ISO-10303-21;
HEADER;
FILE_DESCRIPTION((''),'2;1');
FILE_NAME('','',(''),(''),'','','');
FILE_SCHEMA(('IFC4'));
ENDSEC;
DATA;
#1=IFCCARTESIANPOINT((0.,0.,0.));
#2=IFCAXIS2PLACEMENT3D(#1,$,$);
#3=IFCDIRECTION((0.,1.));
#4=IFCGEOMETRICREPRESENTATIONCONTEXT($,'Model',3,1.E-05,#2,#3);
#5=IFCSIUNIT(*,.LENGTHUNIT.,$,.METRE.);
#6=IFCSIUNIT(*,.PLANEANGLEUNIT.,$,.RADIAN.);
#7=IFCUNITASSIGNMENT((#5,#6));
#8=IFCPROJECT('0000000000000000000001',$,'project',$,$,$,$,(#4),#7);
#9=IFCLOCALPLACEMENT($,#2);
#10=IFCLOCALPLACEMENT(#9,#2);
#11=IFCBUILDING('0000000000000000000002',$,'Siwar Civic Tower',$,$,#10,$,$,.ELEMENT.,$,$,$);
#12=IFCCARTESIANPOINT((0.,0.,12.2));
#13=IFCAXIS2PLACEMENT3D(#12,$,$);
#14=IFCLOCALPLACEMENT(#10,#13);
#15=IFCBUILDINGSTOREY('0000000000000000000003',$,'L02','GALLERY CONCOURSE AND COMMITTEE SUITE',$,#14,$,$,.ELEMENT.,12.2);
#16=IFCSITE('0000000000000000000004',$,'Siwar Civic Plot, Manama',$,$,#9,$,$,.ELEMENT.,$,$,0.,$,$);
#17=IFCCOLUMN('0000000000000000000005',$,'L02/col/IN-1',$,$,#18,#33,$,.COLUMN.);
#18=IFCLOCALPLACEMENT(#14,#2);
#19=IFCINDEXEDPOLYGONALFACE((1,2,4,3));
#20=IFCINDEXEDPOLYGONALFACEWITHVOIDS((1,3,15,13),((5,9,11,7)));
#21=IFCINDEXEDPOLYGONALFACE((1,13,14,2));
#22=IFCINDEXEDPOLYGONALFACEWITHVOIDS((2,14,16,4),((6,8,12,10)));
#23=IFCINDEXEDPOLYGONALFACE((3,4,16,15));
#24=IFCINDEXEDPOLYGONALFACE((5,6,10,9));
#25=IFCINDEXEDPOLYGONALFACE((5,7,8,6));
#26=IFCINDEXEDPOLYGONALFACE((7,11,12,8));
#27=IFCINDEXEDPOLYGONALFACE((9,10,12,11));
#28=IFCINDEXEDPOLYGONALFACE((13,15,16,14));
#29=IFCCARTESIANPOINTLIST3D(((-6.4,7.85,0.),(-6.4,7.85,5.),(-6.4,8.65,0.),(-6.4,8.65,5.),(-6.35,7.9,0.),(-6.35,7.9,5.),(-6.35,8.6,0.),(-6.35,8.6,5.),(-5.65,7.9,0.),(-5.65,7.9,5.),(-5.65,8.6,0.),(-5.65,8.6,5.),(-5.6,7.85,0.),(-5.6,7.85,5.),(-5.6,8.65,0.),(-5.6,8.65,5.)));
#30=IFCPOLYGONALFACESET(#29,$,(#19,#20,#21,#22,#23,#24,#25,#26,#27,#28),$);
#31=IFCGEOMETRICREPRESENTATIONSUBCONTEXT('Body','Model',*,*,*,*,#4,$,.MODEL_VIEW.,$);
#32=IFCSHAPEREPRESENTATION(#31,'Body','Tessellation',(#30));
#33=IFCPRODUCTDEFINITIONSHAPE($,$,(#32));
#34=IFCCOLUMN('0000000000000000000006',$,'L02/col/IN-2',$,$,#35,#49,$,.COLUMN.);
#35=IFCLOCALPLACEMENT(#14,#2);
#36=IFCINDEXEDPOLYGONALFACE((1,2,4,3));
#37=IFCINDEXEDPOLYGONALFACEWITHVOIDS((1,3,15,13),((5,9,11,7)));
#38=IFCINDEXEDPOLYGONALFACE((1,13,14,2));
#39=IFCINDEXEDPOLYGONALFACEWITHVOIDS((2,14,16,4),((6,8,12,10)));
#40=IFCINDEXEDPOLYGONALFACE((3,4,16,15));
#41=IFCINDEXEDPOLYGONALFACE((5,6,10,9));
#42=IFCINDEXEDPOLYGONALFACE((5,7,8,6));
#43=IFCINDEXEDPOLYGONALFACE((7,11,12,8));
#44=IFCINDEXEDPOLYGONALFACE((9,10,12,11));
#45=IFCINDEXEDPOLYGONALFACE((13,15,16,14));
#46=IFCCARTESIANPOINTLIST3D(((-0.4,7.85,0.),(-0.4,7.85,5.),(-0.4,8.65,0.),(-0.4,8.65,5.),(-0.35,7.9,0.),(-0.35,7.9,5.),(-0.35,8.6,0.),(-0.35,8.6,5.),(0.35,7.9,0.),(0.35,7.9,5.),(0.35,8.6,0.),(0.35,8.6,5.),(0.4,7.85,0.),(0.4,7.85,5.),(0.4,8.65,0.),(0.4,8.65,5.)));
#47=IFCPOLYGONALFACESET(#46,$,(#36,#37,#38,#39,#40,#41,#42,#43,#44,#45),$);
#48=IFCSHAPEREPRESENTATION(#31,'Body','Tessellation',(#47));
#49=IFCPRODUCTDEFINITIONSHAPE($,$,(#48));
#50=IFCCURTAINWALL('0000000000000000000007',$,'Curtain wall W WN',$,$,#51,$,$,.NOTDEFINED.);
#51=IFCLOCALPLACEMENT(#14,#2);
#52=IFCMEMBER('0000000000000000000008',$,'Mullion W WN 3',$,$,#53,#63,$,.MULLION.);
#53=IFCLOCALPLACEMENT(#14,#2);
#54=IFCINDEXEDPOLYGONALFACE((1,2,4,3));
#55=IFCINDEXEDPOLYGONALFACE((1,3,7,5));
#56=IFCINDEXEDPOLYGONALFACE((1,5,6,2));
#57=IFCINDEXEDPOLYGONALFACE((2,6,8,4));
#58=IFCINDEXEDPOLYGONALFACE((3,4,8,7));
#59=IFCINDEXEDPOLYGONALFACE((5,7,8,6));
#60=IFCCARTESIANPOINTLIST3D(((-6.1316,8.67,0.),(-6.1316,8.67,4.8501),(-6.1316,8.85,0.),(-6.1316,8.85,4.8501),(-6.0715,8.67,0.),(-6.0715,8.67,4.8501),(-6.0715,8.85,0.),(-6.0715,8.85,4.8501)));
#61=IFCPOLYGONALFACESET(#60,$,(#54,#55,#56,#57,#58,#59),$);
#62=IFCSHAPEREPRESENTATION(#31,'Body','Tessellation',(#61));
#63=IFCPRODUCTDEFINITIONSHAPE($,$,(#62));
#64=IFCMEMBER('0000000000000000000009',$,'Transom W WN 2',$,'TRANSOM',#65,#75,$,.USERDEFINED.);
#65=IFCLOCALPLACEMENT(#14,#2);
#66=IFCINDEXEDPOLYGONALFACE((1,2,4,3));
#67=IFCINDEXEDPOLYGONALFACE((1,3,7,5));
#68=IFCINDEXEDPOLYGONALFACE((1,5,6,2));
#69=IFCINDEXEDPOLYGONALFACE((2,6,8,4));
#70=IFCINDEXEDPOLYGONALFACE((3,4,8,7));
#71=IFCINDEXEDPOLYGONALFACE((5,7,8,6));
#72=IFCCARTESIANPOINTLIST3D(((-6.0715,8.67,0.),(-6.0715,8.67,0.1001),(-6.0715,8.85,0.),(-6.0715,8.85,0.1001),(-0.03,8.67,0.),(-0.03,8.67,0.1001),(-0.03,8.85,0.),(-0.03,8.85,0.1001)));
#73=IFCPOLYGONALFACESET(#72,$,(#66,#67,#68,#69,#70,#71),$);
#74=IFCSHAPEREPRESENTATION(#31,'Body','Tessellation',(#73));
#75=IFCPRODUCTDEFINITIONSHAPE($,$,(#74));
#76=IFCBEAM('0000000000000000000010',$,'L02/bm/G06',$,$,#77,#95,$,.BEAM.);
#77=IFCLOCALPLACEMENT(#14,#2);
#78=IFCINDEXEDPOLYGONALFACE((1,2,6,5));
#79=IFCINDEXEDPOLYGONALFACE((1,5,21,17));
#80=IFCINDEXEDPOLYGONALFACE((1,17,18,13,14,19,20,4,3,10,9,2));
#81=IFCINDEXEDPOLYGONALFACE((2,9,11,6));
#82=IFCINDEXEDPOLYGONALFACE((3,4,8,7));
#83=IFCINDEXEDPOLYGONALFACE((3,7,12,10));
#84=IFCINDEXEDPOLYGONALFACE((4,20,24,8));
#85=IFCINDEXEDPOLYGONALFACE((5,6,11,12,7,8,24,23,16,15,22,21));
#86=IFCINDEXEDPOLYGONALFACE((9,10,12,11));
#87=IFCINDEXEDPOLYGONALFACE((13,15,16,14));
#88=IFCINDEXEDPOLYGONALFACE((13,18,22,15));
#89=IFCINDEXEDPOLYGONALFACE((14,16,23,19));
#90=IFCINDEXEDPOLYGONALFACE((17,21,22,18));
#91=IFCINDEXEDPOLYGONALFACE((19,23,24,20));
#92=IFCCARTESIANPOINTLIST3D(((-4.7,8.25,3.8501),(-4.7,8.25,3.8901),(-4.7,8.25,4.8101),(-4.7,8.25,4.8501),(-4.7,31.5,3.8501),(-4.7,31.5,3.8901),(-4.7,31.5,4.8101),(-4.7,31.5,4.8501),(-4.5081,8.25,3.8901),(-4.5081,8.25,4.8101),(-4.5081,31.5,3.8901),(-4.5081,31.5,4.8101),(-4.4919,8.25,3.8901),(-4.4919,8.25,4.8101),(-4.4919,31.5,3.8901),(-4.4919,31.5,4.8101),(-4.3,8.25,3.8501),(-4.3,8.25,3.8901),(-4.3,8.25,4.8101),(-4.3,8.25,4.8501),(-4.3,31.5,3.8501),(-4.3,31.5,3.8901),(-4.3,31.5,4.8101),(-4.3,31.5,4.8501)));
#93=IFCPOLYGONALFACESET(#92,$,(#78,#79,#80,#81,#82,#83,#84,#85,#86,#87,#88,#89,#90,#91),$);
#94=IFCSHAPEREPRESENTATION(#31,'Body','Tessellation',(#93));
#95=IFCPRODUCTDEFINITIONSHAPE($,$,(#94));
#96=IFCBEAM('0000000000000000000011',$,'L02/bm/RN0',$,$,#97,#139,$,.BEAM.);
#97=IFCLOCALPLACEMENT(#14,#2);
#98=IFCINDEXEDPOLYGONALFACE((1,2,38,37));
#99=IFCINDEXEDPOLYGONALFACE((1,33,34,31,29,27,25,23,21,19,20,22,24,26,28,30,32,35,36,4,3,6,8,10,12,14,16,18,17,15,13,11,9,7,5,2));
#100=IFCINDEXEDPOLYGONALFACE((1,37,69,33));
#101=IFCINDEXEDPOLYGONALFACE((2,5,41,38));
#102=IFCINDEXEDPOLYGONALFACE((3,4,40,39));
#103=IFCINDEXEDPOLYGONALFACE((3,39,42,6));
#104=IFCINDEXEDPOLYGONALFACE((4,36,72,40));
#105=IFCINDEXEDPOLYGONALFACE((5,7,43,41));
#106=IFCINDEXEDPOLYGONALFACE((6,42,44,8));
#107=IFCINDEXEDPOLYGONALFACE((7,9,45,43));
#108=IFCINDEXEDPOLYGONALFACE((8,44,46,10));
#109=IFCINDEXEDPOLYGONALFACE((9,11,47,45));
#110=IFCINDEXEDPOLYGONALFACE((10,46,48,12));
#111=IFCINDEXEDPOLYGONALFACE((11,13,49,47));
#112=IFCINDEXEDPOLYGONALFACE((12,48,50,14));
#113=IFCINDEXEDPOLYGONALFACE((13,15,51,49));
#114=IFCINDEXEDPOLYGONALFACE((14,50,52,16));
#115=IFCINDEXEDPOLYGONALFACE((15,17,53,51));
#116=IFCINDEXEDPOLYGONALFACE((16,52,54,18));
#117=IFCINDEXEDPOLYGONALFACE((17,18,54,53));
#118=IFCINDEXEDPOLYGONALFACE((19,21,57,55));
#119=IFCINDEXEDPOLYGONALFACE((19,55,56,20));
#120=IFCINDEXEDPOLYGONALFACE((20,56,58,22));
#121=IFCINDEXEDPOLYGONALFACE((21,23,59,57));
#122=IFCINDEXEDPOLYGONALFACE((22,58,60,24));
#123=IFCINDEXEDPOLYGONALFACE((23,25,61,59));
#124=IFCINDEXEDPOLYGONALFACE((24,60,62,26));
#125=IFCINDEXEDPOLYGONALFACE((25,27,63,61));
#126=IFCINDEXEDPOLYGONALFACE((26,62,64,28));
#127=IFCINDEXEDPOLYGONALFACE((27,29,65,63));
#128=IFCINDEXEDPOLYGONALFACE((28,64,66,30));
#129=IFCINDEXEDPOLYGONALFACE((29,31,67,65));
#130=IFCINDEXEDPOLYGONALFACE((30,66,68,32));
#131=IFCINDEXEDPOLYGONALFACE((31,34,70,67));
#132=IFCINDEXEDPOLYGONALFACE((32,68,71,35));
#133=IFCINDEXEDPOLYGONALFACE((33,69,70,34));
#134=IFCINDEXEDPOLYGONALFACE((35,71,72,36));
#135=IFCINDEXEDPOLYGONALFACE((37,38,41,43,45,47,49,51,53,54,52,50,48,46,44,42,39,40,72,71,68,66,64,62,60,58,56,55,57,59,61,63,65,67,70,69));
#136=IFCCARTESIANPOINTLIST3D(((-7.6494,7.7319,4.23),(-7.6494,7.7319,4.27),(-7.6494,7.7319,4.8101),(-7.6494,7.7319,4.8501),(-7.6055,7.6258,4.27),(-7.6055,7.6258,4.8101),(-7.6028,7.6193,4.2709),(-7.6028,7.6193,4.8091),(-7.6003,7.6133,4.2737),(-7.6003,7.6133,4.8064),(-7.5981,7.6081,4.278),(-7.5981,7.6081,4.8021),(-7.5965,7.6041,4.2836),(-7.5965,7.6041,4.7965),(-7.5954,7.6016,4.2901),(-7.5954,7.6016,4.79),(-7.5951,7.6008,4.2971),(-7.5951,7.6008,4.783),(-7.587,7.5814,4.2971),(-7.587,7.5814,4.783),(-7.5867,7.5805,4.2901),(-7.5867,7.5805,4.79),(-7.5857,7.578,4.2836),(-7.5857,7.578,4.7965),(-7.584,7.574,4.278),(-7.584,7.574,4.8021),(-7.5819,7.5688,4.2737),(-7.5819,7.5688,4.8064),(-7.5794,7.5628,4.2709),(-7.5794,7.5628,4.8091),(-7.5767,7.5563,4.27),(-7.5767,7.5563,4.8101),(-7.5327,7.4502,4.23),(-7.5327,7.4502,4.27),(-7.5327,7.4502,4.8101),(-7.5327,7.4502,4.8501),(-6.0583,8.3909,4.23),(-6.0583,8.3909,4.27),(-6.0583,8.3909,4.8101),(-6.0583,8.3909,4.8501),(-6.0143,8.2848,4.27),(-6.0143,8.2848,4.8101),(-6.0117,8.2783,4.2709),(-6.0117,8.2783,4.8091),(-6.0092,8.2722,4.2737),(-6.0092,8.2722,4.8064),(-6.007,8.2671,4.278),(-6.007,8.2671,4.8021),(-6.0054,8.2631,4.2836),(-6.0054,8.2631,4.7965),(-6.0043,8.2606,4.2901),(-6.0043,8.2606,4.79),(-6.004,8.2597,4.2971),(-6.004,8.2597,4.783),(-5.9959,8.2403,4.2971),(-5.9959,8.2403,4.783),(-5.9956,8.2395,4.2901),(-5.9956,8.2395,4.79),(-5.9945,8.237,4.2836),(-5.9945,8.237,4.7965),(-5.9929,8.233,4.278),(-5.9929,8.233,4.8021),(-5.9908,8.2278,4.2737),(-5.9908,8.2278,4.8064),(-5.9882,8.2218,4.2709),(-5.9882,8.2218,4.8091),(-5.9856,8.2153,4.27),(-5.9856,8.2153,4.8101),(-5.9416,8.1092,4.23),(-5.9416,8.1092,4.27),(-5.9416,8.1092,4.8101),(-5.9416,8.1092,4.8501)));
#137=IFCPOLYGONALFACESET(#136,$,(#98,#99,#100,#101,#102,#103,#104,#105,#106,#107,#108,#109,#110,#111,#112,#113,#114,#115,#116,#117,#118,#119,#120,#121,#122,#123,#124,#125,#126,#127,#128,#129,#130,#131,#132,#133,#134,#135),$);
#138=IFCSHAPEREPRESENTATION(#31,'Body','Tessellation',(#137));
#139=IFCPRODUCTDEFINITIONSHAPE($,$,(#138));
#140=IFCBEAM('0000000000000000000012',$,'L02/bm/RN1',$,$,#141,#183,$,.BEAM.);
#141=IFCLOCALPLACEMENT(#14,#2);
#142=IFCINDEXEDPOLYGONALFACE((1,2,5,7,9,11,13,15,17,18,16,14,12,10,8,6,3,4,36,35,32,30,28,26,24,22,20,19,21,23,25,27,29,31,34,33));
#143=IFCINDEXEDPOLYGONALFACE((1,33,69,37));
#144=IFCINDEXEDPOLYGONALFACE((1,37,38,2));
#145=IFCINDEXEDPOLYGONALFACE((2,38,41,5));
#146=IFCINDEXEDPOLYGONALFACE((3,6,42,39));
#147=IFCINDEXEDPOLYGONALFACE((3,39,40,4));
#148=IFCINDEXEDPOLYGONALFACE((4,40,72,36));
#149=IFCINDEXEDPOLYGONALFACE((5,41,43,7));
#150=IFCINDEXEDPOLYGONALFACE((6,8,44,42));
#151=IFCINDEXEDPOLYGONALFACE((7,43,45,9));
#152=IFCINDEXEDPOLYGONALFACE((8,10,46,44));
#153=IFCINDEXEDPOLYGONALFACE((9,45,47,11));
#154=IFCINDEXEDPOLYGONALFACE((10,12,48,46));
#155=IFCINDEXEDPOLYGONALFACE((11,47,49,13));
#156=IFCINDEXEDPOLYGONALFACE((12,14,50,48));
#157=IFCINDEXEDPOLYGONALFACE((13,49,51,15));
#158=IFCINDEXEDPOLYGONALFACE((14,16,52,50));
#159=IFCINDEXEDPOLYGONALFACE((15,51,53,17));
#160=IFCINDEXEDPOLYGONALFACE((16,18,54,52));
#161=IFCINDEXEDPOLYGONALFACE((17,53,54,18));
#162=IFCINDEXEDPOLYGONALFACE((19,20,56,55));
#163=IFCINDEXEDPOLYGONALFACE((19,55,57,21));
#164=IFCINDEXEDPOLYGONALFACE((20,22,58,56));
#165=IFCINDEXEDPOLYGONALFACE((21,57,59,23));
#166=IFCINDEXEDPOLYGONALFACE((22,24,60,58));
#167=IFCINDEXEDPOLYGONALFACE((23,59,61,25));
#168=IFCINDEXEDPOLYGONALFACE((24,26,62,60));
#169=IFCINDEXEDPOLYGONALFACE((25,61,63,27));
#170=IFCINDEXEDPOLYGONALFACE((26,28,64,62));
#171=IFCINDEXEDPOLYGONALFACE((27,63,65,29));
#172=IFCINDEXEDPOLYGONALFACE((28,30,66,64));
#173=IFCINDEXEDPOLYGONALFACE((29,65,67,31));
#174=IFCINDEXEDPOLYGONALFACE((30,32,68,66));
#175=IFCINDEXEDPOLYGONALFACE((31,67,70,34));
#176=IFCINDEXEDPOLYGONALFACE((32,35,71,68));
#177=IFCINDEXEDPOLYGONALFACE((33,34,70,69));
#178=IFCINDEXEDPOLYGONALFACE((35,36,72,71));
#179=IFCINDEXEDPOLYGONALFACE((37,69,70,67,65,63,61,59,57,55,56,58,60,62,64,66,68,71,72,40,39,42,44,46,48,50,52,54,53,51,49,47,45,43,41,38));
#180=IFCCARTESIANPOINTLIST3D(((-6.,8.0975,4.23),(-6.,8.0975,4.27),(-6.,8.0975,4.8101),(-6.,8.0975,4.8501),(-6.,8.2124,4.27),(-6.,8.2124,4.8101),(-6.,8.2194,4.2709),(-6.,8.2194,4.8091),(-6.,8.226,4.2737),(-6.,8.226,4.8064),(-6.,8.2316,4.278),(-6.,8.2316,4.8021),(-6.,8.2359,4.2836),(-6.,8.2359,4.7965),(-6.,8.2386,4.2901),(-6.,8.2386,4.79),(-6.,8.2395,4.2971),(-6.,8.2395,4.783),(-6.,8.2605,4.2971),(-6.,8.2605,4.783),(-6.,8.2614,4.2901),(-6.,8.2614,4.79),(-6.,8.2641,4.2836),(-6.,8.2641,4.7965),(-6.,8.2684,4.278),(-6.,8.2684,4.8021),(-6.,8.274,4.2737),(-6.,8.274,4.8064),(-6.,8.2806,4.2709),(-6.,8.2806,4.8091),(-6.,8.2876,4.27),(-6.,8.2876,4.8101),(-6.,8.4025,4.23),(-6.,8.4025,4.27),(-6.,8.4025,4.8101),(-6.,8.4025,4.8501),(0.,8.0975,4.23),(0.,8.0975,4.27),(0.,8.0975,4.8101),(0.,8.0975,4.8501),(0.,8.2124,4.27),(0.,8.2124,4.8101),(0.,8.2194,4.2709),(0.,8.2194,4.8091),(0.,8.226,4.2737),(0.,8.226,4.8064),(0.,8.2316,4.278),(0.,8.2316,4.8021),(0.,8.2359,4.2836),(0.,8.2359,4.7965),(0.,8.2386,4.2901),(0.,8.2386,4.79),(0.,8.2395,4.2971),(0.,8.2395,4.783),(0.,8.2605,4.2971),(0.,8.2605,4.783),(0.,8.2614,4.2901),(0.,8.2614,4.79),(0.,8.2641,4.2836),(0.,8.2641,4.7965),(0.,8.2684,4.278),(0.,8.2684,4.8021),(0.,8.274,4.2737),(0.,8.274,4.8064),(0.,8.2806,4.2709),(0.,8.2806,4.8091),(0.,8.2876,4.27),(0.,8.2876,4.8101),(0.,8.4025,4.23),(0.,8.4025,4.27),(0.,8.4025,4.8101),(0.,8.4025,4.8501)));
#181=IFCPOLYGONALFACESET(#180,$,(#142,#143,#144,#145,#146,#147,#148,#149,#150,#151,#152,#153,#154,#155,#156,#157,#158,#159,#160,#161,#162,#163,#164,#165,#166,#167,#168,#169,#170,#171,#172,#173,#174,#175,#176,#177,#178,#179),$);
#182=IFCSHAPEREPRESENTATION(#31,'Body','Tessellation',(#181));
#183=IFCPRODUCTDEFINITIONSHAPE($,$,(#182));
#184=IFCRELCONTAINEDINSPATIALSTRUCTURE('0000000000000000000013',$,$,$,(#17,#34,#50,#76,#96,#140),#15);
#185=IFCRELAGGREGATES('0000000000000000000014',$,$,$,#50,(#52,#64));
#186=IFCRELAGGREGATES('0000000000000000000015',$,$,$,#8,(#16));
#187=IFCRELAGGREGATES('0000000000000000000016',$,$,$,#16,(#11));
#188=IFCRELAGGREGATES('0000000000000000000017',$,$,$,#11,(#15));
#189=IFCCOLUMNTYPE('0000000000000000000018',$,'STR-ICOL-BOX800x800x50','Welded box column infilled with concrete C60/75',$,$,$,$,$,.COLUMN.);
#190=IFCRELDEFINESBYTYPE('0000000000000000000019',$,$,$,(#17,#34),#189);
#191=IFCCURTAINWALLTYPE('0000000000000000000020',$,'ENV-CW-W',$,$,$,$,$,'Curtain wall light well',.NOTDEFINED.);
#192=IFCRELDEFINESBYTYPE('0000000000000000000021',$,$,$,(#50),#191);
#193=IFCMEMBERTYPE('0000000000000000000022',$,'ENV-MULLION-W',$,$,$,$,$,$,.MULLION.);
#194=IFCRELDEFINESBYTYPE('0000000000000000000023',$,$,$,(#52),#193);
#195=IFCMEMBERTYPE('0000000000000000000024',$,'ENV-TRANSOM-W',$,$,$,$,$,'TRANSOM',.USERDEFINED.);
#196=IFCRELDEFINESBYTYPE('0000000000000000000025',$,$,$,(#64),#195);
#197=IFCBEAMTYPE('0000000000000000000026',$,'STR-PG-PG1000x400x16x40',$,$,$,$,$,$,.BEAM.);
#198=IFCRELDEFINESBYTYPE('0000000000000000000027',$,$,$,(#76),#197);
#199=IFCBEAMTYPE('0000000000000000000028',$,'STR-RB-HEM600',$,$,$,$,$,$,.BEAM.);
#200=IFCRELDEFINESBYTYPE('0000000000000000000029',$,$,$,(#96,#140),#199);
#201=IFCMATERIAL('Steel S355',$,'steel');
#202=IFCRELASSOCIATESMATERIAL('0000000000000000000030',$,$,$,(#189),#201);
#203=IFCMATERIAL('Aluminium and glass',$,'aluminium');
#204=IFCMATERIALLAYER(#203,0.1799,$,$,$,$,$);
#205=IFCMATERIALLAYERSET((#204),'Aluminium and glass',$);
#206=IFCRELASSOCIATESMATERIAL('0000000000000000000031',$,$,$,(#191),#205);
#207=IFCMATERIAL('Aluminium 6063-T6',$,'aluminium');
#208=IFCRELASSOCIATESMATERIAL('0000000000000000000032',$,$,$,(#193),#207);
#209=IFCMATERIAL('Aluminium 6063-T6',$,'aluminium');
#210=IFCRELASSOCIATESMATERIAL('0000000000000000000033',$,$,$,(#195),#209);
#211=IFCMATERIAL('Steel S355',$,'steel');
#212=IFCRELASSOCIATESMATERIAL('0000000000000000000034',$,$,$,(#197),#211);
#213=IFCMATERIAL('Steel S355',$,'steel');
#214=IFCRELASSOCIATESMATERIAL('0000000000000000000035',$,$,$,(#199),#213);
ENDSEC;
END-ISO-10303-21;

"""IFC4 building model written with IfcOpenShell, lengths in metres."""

from ifc_helpers import new_model, si_unit, direction, frame, origin, origin_2d, place, context, subcontext, project, spatial, rectangle, hollow_rectangle, i_section, extrude, material, layer, layer_set, material_profile, profile_set, type_object, element, aggregate, save


model = new_model("IFC4")

# Units and contexts
model_context = context("Model", 3, precision=1e-05, world=origin(), true_north=direction((0.0, 1.0)))
body_context = subcontext(model_context, "Body", "Model", "MODEL_VIEW")
ifc_project = project(units=[si_unit("LENGTHUNIT", "METRE"), si_unit("PLANEANGLEUNIT", "RADIAN")], contexts=[model_context])

# Site, building, storey
site_placement = place(None, origin())
site = spatial("IfcSite", under=ifc_project, at=site_placement, Name="Siwar Civic Plot, Manama", CompositionType="ELEMENT", RefElevation=0.0)
building_placement = place(site_placement, origin())
building = spatial("IfcBuilding", under=site, at=building_placement, Name="Siwar Civic Tower", CompositionType="ELEMENT")
storey_placement = place(building_placement, frame((0.0, 0.0, 12.2)))
storey = spatial("IfcBuildingStorey", under=building, at=storey_placement, Name="L02", Description="GALLERY CONCOURSE AND COMMITTEE SUITE", CompositionType="ELEMENT", Elevation=12.2)

# Columns
ifc_material_1 = material(Name="Steel S355", Category="steel")
ifc_material_profile_1 = material_profile(ifc_material_1, hollow_rectangle(XDim=0.8, YDim=0.8, WallThickness=0.05, at=origin_2d()), Name="BOX800x800x50")
ifc_profile_set_1 = profile_set([ifc_material_profile_1], Name="Steel S355")
column_type = type_object("IfcColumnType", Name="STR-ICOL-BOX800x800x50", Description="Welded box column infilled with concrete C60/75", PredefinedType="COLUMN", material=ifc_profile_set_1)
for number, where, z_axis, x_axis, name in (
    (1, (-6.0, 8.25, 0.0), (0.0, 0.0, 1.0), (1.0, 0.0, 0.0), "L02/col/IN-1"),
    (2, (0.0, 8.25, 0.0), (0.0, 0.0, 1.0), (1.0, 0.0, 0.0), "L02/col/IN-2"),
):
    element("IfcColumn", number, at=place(storey_placement, frame(where, z_axis=z_axis, x_axis=x_axis)), inside=storey, type_object=column_type, Name=name, PredefinedType="COLUMN", context=body_context, shape_type="SweptSolid", body=[
        extrude(hollow_rectangle(XDim=0.8, YDim=0.8, WallThickness=0.05, at=origin_2d()), origin(), (0.0, 0.0, 1.0), 5.0),
    ])

# Curtain wall, members
ifc_material_2 = material(Name="Aluminium and glass", Category="aluminium")
ifc_layer_1 = layer(ifc_material_2, 0.1799)
ifc_layer_set_1 = layer_set([ifc_layer_1], Name="Aluminium and glass")
curtain_wall_type = type_object("IfcCurtainWallType", Name="ENV-CW-W", ElementType="Curtain wall light well", PredefinedType="NOTDEFINED", material=ifc_layer_set_1)
curtain_wall_placement = place(storey_placement, origin())
curtain_wall = element("IfcCurtainWall", 3, at=curtain_wall_placement, inside=storey, type_object=curtain_wall_type, Name="Curtain wall W WN", PredefinedType="NOTDEFINED")
ifc_material_3 = material(Name="Aluminium 6063-T6", Category="aluminium")
ifc_material_profile_2 = material_profile(ifc_material_3, rectangle(XDim=0.1799, YDim=0.0601, at=origin_2d()), Name="AL 180x60")
ifc_profile_set_2 = profile_set([ifc_material_profile_2], Name="Aluminium 6063-T6")
member_type_1 = type_object("IfcMemberType", Name="ENV-MULLION-W", PredefinedType="MULLION", material=ifc_profile_set_2)
member_1_placement = place(storey_placement, frame((-6.1016, 8.76, 0.0), z_axis=(0.0, 0.0, 1.0), x_axis=(0.0, -1.0, 0.0)))
member_1 = element("IfcMember", 4, at=member_1_placement, type_object=member_type_1, Name="Mullion W WN 3", PredefinedType="MULLION", context=body_context, shape_type="SweptSolid", body=[
    extrude(rectangle(XDim=0.1799, YDim=0.0601, at=origin_2d()), origin(), (0.0, 0.0, 1.0), 4.8501),
])
ifc_material_4 = material(Name="Aluminium 6063-T6", Category="aluminium")
ifc_material_profile_3 = material_profile(ifc_material_4, rectangle(XDim=0.1799, YDim=0.1001, at=origin_2d()), Name="AL 180x100")
ifc_profile_set_3 = profile_set([ifc_material_profile_3], Name="Aluminium 6063-T6")
member_type_2 = type_object("IfcMemberType", Name="ENV-TRANSOM-W", ElementType="TRANSOM", PredefinedType="USERDEFINED", material=ifc_profile_set_3)
member_2_placement = place(storey_placement, frame((-0.03, 8.76, 0.05), z_axis=(-1.0, 0.0, 0.0), x_axis=(0.0, -1.0, 0.0)))
member_2 = element("IfcMember", 5, at=member_2_placement, type_object=member_type_2, Name="Transom W WN 2", ObjectType="TRANSOM", PredefinedType="USERDEFINED", context=body_context, shape_type="SweptSolid", body=[
    extrude(rectangle(XDim=0.1799, YDim=0.1001, at=origin_2d()), origin(), (0.0, 0.0, 1.0), 6.0415),
])

# Beams
ifc_material_5 = material(Name="Steel S355", Category="steel")
ifc_material_profile_4 = material_profile(ifc_material_5, i_section(OverallWidth=0.3999, OverallDepth=1.0, WebThickness=0.0161, FlangeThickness=0.04, at=origin_2d()), Name="PG1000x400x16x40")
ifc_profile_set_4 = profile_set([ifc_material_profile_4], Name="Steel S355")
beam_type_1 = type_object("IfcBeamType", Name="STR-PG-PG1000x400x16x40", PredefinedType="BEAM", material=ifc_profile_set_4)
beam_1_placement = place(storey_placement, frame((-4.5, 8.25, 4.3501), z_axis=(0.0, 1.0, 0.0), x_axis=(-1.0, 0.0, 0.0)))
element("IfcBeam", 6, at=beam_1_placement, inside=storey, type_object=beam_type_1, Name="L02/bm/G06", PredefinedType="BEAM", context=body_context, shape_type="SweptSolid", body=[
    extrude(i_section(OverallWidth=0.3999, OverallDepth=1.0, WebThickness=0.0161, FlangeThickness=0.04, at=origin_2d()), origin(), (0.0, 0.0, 1.0), 23.25),
])
ifc_material_6 = material(Name="Steel S355", Category="steel")
ifc_material_profile_5 = material_profile(ifc_material_6, i_section(OverallWidth=0.3049, OverallDepth=0.6201, WebThickness=0.021, FlangeThickness=0.04, FilletRadius=0.0271, at=origin_2d()), Name="HEM600")
ifc_profile_set_5 = profile_set([ifc_material_profile_5], Name="Steel S355")
beam_type_2 = type_object("IfcBeamType", Name="STR-RB-HEM600", PredefinedType="BEAM", material=ifc_profile_set_5)
beam_2_placement = place(storey_placement, frame((-7.5911, 7.5911, 4.54), z_axis=(0.923901, 0.382631, 0.0), x_axis=(-0.382631, 0.923901, 0.0)))
element("IfcBeam", 7, at=beam_2_placement, inside=storey, type_object=beam_type_2, Name="L02/bm/RN0", PredefinedType="BEAM", context=body_context, shape_type="SweptSolid", body=[
    extrude(i_section(OverallWidth=0.3049, OverallDepth=0.6201, WebThickness=0.021, FlangeThickness=0.04, FilletRadius=0.0271, at=origin_2d()), origin(), (0.0, 0.0, 1.0), 1.7222),
])
for number, where, z_axis, x_axis, name in (
    (8, (-6.0, 8.25, 4.54), (1.0, 0.0, 0.0), (0.0, 1.0, 0.0), "L02/bm/RN1"),
):
    element("IfcBeam", number, at=place(storey_placement, frame(where, z_axis=z_axis, x_axis=x_axis)), inside=storey, type_object=beam_type_2, Name=name, PredefinedType="BEAM", context=body_context, shape_type="SweptSolid", body=[
        extrude(i_section(OverallWidth=0.3049, OverallDepth=0.6201, WebThickness=0.021, FlangeThickness=0.04, FilletRadius=0.0271, at=origin_2d()), origin(), (0.0, 0.0, 1.0), 6.0),
    ])

aggregate(curtain_wall, [member_1, member_2])

save(model, "model.ifc")
